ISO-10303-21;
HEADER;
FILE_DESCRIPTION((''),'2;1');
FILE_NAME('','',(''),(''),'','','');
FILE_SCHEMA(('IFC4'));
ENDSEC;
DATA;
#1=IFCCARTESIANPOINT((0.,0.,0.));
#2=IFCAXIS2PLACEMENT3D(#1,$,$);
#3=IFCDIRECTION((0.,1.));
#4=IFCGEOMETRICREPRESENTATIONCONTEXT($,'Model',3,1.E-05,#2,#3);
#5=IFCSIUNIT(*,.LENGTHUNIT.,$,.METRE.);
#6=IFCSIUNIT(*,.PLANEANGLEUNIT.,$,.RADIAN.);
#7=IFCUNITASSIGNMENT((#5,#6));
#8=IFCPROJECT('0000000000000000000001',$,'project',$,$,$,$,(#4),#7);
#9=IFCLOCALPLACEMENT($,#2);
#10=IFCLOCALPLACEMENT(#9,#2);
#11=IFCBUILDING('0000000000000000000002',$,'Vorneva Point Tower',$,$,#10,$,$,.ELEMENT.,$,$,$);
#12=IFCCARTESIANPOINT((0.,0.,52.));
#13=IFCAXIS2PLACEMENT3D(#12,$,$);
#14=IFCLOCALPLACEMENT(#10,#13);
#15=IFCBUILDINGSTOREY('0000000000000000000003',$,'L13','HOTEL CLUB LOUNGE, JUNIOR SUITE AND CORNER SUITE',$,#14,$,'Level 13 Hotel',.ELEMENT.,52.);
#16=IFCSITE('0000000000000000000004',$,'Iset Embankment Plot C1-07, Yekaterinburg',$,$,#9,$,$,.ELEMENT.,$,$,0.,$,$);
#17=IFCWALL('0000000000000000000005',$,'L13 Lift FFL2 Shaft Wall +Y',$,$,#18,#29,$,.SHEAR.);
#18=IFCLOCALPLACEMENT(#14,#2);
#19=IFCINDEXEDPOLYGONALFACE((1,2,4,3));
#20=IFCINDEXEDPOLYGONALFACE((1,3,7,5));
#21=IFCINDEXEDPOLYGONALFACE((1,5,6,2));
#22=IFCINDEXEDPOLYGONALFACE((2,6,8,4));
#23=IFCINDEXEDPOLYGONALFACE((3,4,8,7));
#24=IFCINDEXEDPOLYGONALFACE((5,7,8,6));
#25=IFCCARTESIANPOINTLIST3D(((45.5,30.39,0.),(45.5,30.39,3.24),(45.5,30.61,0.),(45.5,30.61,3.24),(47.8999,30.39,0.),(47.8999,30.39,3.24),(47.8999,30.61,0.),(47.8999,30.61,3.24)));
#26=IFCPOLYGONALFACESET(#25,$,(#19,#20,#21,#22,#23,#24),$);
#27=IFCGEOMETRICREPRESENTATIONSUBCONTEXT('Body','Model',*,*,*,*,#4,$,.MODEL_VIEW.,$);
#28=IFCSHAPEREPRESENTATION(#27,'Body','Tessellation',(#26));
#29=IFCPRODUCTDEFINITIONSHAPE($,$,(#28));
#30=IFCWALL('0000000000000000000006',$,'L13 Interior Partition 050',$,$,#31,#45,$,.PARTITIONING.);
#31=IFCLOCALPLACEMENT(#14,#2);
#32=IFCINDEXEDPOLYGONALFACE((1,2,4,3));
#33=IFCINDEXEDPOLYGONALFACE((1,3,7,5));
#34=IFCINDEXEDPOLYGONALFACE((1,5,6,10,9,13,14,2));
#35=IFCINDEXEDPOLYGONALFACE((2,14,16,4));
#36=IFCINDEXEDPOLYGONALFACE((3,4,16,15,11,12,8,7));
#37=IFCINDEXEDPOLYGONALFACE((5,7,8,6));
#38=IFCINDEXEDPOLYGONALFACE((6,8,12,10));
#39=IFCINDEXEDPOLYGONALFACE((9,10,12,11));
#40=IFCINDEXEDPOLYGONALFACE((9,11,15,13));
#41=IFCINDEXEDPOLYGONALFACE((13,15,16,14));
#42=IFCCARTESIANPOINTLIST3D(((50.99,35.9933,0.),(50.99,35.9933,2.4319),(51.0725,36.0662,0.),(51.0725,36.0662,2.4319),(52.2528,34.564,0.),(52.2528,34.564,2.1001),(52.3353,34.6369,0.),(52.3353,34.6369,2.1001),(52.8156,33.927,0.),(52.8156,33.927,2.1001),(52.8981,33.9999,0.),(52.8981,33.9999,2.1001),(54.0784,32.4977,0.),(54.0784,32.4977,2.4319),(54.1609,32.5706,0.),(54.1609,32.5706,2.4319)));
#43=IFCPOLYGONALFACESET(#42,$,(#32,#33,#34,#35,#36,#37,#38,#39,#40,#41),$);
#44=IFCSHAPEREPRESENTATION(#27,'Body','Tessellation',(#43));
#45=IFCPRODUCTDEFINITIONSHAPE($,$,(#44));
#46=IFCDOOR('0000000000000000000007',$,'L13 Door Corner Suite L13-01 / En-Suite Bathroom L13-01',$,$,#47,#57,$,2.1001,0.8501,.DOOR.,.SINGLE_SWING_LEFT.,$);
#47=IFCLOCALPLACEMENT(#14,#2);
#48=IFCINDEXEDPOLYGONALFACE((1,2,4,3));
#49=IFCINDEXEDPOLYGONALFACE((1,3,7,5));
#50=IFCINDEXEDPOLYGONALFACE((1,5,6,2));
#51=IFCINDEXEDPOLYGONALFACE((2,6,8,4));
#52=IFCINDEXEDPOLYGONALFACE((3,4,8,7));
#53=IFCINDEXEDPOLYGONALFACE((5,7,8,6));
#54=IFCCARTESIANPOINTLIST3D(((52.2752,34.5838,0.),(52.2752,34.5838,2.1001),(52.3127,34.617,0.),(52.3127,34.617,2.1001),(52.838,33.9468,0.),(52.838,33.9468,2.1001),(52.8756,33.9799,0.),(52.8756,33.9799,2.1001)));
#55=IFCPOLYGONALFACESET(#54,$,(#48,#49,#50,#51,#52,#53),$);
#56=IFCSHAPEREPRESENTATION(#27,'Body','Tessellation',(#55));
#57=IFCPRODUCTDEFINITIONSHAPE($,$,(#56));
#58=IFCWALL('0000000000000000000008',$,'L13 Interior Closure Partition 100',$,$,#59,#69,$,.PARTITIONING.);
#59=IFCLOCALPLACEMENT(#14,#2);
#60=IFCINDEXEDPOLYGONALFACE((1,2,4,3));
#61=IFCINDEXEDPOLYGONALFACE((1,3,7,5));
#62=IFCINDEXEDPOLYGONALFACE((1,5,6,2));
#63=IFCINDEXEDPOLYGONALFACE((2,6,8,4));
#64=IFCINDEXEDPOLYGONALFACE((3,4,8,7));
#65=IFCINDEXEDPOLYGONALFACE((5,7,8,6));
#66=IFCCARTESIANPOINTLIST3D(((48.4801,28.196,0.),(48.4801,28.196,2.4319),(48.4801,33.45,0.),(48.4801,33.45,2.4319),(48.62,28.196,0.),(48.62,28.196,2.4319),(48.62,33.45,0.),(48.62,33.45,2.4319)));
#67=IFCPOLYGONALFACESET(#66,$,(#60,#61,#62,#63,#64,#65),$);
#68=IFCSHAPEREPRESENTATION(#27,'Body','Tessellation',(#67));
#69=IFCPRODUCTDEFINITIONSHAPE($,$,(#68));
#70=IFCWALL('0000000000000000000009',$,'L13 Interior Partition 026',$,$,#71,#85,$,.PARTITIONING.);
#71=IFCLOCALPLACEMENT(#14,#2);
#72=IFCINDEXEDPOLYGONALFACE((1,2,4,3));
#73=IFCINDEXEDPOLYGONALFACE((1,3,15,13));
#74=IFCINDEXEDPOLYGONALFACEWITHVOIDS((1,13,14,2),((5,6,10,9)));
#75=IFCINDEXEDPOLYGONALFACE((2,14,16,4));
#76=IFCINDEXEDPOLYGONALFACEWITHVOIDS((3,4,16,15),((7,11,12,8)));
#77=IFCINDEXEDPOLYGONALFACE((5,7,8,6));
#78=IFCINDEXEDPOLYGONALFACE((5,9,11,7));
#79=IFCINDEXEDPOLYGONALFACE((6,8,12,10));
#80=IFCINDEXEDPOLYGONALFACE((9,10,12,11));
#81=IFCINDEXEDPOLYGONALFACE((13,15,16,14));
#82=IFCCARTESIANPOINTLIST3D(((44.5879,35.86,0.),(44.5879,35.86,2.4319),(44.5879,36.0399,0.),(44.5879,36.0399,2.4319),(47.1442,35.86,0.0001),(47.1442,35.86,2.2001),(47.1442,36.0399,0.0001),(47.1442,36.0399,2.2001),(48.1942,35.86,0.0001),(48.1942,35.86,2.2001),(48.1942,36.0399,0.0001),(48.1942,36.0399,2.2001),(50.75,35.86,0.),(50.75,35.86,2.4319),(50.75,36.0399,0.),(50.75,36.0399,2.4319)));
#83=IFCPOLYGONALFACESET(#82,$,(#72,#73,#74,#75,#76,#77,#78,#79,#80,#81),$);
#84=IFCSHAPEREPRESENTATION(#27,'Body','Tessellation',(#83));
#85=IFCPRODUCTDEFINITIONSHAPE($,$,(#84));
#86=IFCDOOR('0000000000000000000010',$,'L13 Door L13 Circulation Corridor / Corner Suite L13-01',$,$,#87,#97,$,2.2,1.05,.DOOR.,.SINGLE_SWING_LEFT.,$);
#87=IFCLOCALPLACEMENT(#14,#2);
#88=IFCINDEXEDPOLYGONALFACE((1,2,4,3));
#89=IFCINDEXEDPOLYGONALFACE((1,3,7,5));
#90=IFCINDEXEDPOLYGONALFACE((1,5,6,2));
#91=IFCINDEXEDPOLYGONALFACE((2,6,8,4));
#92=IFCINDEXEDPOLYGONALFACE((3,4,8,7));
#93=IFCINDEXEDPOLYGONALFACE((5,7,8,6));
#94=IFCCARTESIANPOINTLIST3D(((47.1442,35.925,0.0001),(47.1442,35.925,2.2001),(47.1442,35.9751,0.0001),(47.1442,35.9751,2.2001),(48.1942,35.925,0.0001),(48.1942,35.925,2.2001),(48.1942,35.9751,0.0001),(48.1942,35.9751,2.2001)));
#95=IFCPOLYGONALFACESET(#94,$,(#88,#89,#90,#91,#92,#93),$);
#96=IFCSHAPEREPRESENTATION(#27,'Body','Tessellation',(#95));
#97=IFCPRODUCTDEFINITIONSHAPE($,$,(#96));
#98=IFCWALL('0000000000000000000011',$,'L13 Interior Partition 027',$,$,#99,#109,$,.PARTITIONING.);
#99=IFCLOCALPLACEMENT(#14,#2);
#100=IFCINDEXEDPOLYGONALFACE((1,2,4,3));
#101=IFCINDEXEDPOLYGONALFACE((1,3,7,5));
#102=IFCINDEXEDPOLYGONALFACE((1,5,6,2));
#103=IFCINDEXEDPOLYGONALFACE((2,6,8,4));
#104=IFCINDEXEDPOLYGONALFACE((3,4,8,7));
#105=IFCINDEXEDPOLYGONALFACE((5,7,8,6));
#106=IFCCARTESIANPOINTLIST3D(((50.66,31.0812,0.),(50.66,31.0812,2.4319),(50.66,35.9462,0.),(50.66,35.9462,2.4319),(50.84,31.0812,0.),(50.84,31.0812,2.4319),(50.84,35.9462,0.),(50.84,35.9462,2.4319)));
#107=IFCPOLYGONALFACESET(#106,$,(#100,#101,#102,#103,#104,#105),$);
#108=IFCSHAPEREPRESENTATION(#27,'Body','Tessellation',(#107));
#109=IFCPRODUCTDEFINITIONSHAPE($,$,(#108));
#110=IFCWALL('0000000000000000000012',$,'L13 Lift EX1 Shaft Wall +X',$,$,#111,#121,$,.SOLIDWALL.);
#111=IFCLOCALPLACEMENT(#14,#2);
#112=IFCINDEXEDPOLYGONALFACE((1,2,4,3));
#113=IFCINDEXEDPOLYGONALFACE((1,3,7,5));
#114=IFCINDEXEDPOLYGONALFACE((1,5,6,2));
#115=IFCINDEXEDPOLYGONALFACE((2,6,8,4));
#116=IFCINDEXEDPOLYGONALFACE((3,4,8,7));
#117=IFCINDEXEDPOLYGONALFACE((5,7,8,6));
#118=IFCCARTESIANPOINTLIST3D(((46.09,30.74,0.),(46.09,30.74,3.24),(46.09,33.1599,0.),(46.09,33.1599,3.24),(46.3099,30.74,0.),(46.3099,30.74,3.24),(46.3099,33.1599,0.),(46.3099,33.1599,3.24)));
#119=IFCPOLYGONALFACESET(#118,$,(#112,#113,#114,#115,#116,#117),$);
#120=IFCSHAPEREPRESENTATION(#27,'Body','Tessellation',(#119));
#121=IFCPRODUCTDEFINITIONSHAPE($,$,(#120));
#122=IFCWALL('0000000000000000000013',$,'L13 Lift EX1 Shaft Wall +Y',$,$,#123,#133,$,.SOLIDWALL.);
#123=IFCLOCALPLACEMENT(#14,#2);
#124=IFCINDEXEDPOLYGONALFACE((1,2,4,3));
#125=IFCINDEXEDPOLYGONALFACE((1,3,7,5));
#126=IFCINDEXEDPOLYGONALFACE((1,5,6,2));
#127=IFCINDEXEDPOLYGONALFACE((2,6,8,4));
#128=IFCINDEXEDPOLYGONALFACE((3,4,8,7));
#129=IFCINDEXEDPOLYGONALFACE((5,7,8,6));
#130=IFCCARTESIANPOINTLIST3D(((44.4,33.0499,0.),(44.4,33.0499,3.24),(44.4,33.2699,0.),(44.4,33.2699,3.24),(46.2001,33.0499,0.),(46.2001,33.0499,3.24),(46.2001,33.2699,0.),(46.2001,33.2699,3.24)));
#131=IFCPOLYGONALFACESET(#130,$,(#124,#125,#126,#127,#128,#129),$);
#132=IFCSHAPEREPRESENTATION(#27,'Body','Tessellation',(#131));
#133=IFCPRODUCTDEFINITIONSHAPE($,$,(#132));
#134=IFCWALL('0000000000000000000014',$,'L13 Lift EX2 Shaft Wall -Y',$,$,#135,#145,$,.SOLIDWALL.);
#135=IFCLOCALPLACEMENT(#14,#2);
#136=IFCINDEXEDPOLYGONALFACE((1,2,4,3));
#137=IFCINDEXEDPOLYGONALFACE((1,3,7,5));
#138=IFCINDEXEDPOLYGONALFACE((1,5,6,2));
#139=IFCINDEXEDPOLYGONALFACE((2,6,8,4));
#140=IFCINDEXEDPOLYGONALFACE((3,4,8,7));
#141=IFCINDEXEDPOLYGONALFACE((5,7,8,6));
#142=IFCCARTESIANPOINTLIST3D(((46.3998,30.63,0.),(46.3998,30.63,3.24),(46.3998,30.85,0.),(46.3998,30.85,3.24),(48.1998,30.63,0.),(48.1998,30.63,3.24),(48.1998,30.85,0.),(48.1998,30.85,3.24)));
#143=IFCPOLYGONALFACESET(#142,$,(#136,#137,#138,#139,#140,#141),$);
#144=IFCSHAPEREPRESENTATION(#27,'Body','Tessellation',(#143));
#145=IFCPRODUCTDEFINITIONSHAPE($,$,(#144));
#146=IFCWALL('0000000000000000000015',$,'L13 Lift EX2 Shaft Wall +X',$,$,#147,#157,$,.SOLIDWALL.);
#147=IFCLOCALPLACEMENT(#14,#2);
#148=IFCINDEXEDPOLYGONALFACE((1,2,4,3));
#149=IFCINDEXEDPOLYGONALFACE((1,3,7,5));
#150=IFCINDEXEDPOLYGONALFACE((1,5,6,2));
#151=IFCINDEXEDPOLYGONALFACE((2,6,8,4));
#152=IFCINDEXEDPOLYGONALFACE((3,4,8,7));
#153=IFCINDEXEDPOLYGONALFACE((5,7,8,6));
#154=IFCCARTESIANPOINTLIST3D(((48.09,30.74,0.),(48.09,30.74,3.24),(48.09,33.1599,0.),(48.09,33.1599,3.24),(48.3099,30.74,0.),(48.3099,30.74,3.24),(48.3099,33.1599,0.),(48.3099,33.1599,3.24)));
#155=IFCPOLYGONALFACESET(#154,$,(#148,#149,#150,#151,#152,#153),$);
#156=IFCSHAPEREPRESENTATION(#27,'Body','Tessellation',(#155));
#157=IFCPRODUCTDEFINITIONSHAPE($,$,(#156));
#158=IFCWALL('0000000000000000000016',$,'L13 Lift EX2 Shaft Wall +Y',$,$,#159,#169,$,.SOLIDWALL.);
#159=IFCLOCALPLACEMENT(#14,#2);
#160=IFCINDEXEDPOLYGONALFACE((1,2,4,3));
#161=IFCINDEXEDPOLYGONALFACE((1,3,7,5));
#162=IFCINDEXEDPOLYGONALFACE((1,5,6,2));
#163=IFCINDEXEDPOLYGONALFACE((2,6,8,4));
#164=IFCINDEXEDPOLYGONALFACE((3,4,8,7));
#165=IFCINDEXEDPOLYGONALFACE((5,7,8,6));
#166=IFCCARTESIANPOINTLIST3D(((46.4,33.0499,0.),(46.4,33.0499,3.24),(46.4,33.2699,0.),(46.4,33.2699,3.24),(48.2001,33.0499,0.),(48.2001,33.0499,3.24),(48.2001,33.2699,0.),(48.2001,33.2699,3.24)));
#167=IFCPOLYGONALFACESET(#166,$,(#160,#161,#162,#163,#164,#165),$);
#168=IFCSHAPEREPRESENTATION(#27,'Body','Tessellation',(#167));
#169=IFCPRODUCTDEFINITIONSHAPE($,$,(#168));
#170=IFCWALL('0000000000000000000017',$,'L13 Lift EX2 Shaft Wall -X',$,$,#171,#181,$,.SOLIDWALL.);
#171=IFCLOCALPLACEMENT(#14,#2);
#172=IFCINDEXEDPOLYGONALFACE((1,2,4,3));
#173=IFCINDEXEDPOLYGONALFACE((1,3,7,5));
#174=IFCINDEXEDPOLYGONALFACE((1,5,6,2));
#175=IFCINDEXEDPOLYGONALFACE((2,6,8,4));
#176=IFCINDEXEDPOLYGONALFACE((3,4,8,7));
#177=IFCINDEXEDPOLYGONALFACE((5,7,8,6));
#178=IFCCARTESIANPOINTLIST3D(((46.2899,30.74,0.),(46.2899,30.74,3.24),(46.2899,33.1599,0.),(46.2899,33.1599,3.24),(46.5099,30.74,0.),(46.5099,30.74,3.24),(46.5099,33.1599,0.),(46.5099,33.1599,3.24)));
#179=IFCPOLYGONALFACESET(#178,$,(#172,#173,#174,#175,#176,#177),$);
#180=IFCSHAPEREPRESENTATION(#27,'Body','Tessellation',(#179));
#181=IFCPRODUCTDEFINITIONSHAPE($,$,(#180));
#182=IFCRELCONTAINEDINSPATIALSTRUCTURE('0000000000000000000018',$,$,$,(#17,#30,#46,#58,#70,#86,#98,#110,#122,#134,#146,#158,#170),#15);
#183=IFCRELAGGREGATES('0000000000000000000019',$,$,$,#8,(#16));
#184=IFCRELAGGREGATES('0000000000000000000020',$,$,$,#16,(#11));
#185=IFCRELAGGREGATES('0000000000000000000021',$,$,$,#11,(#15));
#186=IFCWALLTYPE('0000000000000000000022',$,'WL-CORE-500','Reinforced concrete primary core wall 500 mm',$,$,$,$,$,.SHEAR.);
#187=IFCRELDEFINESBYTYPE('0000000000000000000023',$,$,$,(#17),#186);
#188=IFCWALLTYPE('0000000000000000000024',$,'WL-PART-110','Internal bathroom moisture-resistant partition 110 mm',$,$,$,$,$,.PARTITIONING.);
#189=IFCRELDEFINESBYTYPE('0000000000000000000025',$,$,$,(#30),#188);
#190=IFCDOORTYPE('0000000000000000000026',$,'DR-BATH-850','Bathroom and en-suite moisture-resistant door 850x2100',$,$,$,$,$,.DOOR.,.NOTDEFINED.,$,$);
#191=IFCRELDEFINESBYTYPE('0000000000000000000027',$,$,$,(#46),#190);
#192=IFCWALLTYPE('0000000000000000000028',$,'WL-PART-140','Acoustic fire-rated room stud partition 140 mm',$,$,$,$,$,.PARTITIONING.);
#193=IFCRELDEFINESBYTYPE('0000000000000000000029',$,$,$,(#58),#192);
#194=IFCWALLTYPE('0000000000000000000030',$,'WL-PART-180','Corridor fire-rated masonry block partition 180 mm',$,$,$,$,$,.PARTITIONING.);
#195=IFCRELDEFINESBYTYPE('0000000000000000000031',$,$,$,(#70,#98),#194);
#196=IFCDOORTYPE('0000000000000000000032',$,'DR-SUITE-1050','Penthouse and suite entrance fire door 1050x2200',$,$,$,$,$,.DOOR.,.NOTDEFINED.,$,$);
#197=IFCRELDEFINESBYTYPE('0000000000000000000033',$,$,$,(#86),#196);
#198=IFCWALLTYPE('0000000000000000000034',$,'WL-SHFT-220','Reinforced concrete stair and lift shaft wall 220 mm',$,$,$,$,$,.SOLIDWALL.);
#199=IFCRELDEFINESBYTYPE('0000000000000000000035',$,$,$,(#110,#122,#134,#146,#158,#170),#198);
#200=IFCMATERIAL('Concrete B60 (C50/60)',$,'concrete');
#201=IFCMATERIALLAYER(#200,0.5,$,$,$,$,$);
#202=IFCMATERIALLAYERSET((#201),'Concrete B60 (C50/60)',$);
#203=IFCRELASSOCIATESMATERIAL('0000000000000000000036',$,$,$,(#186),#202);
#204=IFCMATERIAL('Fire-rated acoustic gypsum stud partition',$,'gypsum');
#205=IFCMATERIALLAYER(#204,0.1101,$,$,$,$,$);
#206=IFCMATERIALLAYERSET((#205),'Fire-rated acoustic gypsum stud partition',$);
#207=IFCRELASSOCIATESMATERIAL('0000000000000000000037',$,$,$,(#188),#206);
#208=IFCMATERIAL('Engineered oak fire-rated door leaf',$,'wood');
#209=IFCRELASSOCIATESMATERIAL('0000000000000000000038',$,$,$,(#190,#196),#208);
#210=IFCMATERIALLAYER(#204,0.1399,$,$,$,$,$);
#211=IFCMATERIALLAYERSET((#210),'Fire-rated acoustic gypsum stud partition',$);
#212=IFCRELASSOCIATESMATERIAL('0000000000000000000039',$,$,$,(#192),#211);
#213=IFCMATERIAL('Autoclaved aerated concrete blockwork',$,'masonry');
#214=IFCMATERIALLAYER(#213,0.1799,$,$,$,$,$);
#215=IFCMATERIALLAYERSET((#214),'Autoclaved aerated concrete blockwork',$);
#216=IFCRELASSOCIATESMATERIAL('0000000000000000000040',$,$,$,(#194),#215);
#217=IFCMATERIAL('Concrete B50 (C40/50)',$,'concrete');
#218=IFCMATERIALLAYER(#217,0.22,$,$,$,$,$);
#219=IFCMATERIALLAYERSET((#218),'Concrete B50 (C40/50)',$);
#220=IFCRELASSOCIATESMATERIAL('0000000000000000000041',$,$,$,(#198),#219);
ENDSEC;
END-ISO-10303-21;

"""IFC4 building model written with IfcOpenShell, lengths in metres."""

from ifc_helpers import new_model, si_unit, direction, frame, frame_2d, origin, place, context, subcontext, project, spatial, rectangle, extrude, material, layer, layer_set, type_object, element, fill, save


model = new_model("IFC4")

# Units and contexts
model_context = context("Model", 3, precision=1e-05, world=origin(), true_north=direction((0.0, 1.0)))
body_context = subcontext(model_context, "Body", "Model", "MODEL_VIEW")
ifc_project = project(units=[si_unit("LENGTHUNIT", "METRE"), si_unit("PLANEANGLEUNIT", "RADIAN")], contexts=[model_context])

# Site, building, storey
site_placement = place(None, origin())
site = spatial("IfcSite", under=ifc_project, at=site_placement, Name="Iset Embankment Plot C1-07, Yekaterinburg", CompositionType="ELEMENT", RefElevation=0.0)
building_placement = place(site_placement, origin())
building = spatial("IfcBuilding", under=site, at=building_placement, Name="Vorneva Point Tower", CompositionType="ELEMENT")
storey_placement = place(building_placement, frame((0.0, 0.0, 52.0)))
storey = spatial("IfcBuildingStorey", under=building, at=storey_placement, Name="L13", Description="HOTEL CLUB LOUNGE, JUNIOR SUITE AND CORNER SUITE", LongName="Level 13 Hotel", CompositionType="ELEMENT", Elevation=52.0)

# Shared definitions
ifc_material_1 = material(Name="Concrete B60 (C50/60)", Category="concrete")

# Wall
ifc_layer_1 = layer(ifc_material_1, 0.5)
ifc_layer_set_1 = layer_set([ifc_layer_1], Name="Concrete B60 (C50/60)")
wall_type_1 = type_object("IfcWallType", Name="WL-CORE-500", Description="Reinforced concrete primary core wall 500 mm", PredefinedType="SHEAR", material=ifc_layer_set_1)
wall_1_placement = place(storey_placement, frame((47.8999, 30.5, 0.0), z_axis=(0.0, 0.0, 1.0), x_axis=(-1.0, 0.0, 0.0)))
element("IfcWall", 1, at=wall_1_placement, inside=storey, type_object=wall_type_1, Name="L13 Lift FFL2 Shaft Wall +Y", PredefinedType="SHEAR", context=body_context, shape_type="SweptSolid", body=[
    extrude(rectangle(XDim=2.3999, YDim=0.22, at=frame_2d((1.2, 0.0))), origin(), (0.0, 0.0, 1.0), 3.24),
])

# Wall, opening, door
ifc_material_2 = material(Name="Fire-rated acoustic gypsum stud partition", Category="gypsum")
ifc_layer_2 = layer(ifc_material_2, 0.1101)
ifc_layer_set_2 = layer_set([ifc_layer_2], Name="Fire-rated acoustic gypsum stud partition")
wall_type_2 = type_object("IfcWallType", Name="WL-PART-110", Description="Internal bathroom moisture-resistant partition 110 mm", PredefinedType="PARTITIONING", material=ifc_layer_set_2)
wall_2_placement = place(storey_placement, frame((51.0312, 36.0298, 0.0), z_axis=(0.0, 0.0, 1.0), x_axis=(0.662106, -0.74941, 0.0)))
wall_2 = element("IfcWall", 2, at=wall_2_placement, inside=storey, type_object=wall_type_2, Name="L13 Interior Partition 050", PredefinedType="PARTITIONING", context=body_context, shape_type="SweptSolid", body=[
    extrude(rectangle(XDim=4.6646, YDim=0.1101, at=frame_2d((2.3323, 0.0))), origin(), (0.0, 0.0, 1.0), 2.4319),
])
opening_1_placement = place(wall_2_placement, frame((1.9072, 0.0, 0.0)))
opening_1 = element("IfcOpeningElement", 3, at=opening_1_placement, cuts=wall_2, PredefinedType="OPENING", context=body_context, shape_type="SweptSolid", body=[
    extrude(rectangle(XDim=0.8501, YDim=2.1001, at=frame_2d((0.425, 1.05))), frame((0.0, 0.0698, 0.0), z_axis=(0.0, -1.0, 0.0), x_axis=(1.0, 0.0, 0.0)), (0.0, 0.0, 1.0), 0.1399),
])
ifc_material_3 = material(Name="Engineered oak fire-rated door leaf", Category="wood")
door_type_1 = type_object("IfcDoorType", Name="DR-BATH-850", Description="Bathroom and en-suite moisture-resistant door 850x2100", OperationType="NOTDEFINED", PredefinedType="DOOR", material=ifc_material_3)
door_1_placement = place(opening_1_placement, origin())
door_1 = element("IfcDoor", 4, at=door_1_placement, inside=storey, type_object=door_type_1, Name="L13 Door Corner Suite L13-01 / En-Suite Bathroom L13-01", OperationType="SINGLE_SWING_LEFT", OverallHeight=2.1001, OverallWidth=0.8501, PredefinedType="DOOR", context=body_context, shape_type="SweptSolid", body=[
    extrude(rectangle(XDim=0.8501, YDim=2.1001, at=frame_2d((0.425, 1.05))), frame((0.0, 0.0249, 0.0), z_axis=(0.0, -1.0, 0.0), x_axis=(1.0, 0.0, 0.0)), (0.0, 0.0, 1.0), 0.05),
])
fill(opening_1, door_1)

# Wall
ifc_layer_3 = layer(ifc_material_2, 0.1399)
ifc_layer_set_3 = layer_set([ifc_layer_3], Name="Fire-rated acoustic gypsum stud partition")
wall_type_3 = type_object("IfcWallType", Name="WL-PART-140", Description="Acoustic fire-rated room stud partition 140 mm", PredefinedType="PARTITIONING", material=ifc_layer_set_3)
wall_3_placement = place(storey_placement, frame((48.55, 33.45, 0.0), z_axis=(0.0, 0.0, 1.0), x_axis=(0.0, -1.0, 0.0)))
element("IfcWall", 5, at=wall_3_placement, inside=storey, type_object=wall_type_3, Name="L13 Interior Closure Partition 100", PredefinedType="PARTITIONING", context=body_context, shape_type="SweptSolid", body=[
    extrude(rectangle(XDim=5.2539, YDim=0.1399, at=frame_2d((2.627, 0.0))), origin(), (0.0, 0.0, 1.0), 2.4319),
])

# Wall, opening, door
ifc_material_4 = material(Name="Autoclaved aerated concrete blockwork", Category="masonry")
ifc_layer_4 = layer(ifc_material_4, 0.1799)
ifc_layer_set_4 = layer_set([ifc_layer_4], Name="Autoclaved aerated concrete blockwork")
wall_type_4 = type_object("IfcWallType", Name="WL-PART-180", Description="Corridor fire-rated masonry block partition 180 mm", PredefinedType="PARTITIONING", material=ifc_layer_set_4)
wall_4_placement = place(storey_placement, frame((50.75, 35.95, 0.0), z_axis=(0.0, 0.0, 1.0), x_axis=(-1.0, 0.0, 0.0)))
wall_4 = element("IfcWall", 6, at=wall_4_placement, inside=storey, type_object=wall_type_4, Name="L13 Interior Partition 026", PredefinedType="PARTITIONING", context=body_context, shape_type="SweptSolid", body=[
    extrude(rectangle(XDim=6.1621, YDim=0.1799, at=frame_2d((3.0811, 0.0))), origin(), (0.0, 0.0, 1.0), 2.4319),
])
opening_2_placement = place(wall_4_placement, frame((2.5559, 0.0, 0.0)))
opening_2 = element("IfcOpeningElement", 7, at=opening_2_placement, cuts=wall_4, PredefinedType="OPENING", context=body_context, shape_type="SweptSolid", body=[
    extrude(rectangle(XDim=1.05, YDim=2.2, at=frame_2d((0.5249, 1.1001))), frame((0.0, 0.105, 0.0), z_axis=(0.0, -1.0, 0.0), x_axis=(1.0, 0.0, 0.0)), (0.0, 0.0, 1.0), 0.2097),
])
door_type_2 = type_object("IfcDoorType", Name="DR-SUITE-1050", Description="Penthouse and suite entrance fire door 1050x2200", OperationType="NOTDEFINED", PredefinedType="DOOR", material=ifc_material_3)
door_2_placement = place(opening_2_placement, origin())
door_2 = element("IfcDoor", 8, at=door_2_placement, inside=storey, type_object=door_type_2, Name="L13 Door L13 Circulation Corridor / Corner Suite L13-01", OperationType="SINGLE_SWING_LEFT", OverallHeight=2.2, OverallWidth=1.05, PredefinedType="DOOR", context=body_context, shape_type="SweptSolid", body=[
    extrude(rectangle(XDim=1.05, YDim=2.2, at=frame_2d((0.5249, 1.1001))), frame((0.0, 0.0249, 0.0), z_axis=(0.0, -1.0, 0.0), x_axis=(1.0, 0.0, 0.0)), (0.0, 0.0, 1.0), 0.05),
])
fill(opening_2, door_2)

# Walls
wall_5_placement = place(storey_placement, frame((50.75, 31.0811, 0.0), z_axis=(0.0, 0.0, 1.0), x_axis=(0.0, 1.0, 0.0)))
element("IfcWall", 9, at=wall_5_placement, inside=storey, type_object=wall_type_4, Name="L13 Interior Partition 027", PredefinedType="PARTITIONING", context=body_context, shape_type="SweptSolid", body=[
    extrude(rectangle(XDim=4.865, YDim=0.1799, at=frame_2d((2.4326, 0.0))), origin(), (0.0, 0.0, 1.0), 2.4319),
])
ifc_material_5 = material(Name="Concrete B50 (C40/50)", Category="concrete")
ifc_layer_5 = layer(ifc_material_5, 0.22)
ifc_layer_set_5 = layer_set([ifc_layer_5], Name="Concrete B50 (C40/50)")
wall_type_5 = type_object("IfcWallType", Name="WL-SHFT-220", Description="Reinforced concrete stair and lift shaft wall 220 mm", PredefinedType="SOLIDWALL", material=ifc_layer_set_5)
wall_6_placement = place(storey_placement, frame((46.2, 30.74, 0.0), z_axis=(0.0, 0.0, 1.0), x_axis=(0.0, 1.0, 0.0)))
element("IfcWall", 10, at=wall_6_placement, inside=storey, type_object=wall_type_5, Name="L13 Lift EX1 Shaft Wall +X", PredefinedType="SOLIDWALL", context=body_context, shape_type="SweptSolid", body=[
    extrude(rectangle(XDim=2.4199, YDim=0.22, at=frame_2d((1.21, 0.0))), origin(), (0.0, 0.0, 1.0), 3.24),
])
for number, where, z_axis, x_axis, name in (
    (11, (46.2, 33.1599, 0.0), (0.0, 0.0, 1.0), (-1.0, 0.0, 0.0), "L13 Lift EX1 Shaft Wall +Y"),
    (12, (46.3999, 30.74, 0.0), (0.0, 0.0, 1.0), (1.0, 0.0, 0.0), "L13 Lift EX2 Shaft Wall -Y"),
):
    element("IfcWall", number, at=place(storey_placement, frame(where, z_axis=z_axis, x_axis=x_axis)), inside=storey, type_object=wall_type_5, Name=name, PredefinedType="SOLIDWALL", context=body_context, shape_type="SweptSolid", body=[
        extrude(rectangle(XDim=1.8, YDim=0.22, at=frame_2d((0.8999, 0.0))), origin(), (0.0, 0.0, 1.0), 3.24),
    ])
wall_7_placement = place(storey_placement, frame((48.2, 30.74, 0.0), z_axis=(0.0, 0.0, 1.0), x_axis=(0.0, 1.0, 0.0)))
element("IfcWall", 13, at=wall_7_placement, inside=storey, type_object=wall_type_5, Name="L13 Lift EX2 Shaft Wall +X", PredefinedType="SOLIDWALL", context=body_context, shape_type="SweptSolid", body=[
    extrude(rectangle(XDim=2.4199, YDim=0.22, at=frame_2d((1.21, 0.0))), origin(), (0.0, 0.0, 1.0), 3.24),
])
wall_8_placement = place(storey_placement, frame((48.2, 33.1599, 0.0), z_axis=(0.0, 0.0, 1.0), x_axis=(-1.0, 0.0, 0.0)))
element("IfcWall", 14, at=wall_8_placement, inside=storey, type_object=wall_type_5, Name="L13 Lift EX2 Shaft Wall +Y", PredefinedType="SOLIDWALL", context=body_context, shape_type="SweptSolid", body=[
    extrude(rectangle(XDim=1.8, YDim=0.22, at=frame_2d((0.8999, 0.0))), origin(), (0.0, 0.0, 1.0), 3.24),
])
wall_9_placement = place(storey_placement, frame((46.3999, 33.1599, 0.0), z_axis=(0.0, 0.0, 1.0), x_axis=(0.0, -1.0, 0.0)))
element("IfcWall", 15, at=wall_9_placement, inside=storey, type_object=wall_type_5, Name="L13 Lift EX2 Shaft Wall -X", PredefinedType="SOLIDWALL", context=body_context, shape_type="SweptSolid", body=[
    extrude(rectangle(XDim=2.4199, YDim=0.22, at=frame_2d((1.21, 0.0))), origin(), (0.0, 0.0, 1.0), 3.24),
])

save(model, "model.ifc")
